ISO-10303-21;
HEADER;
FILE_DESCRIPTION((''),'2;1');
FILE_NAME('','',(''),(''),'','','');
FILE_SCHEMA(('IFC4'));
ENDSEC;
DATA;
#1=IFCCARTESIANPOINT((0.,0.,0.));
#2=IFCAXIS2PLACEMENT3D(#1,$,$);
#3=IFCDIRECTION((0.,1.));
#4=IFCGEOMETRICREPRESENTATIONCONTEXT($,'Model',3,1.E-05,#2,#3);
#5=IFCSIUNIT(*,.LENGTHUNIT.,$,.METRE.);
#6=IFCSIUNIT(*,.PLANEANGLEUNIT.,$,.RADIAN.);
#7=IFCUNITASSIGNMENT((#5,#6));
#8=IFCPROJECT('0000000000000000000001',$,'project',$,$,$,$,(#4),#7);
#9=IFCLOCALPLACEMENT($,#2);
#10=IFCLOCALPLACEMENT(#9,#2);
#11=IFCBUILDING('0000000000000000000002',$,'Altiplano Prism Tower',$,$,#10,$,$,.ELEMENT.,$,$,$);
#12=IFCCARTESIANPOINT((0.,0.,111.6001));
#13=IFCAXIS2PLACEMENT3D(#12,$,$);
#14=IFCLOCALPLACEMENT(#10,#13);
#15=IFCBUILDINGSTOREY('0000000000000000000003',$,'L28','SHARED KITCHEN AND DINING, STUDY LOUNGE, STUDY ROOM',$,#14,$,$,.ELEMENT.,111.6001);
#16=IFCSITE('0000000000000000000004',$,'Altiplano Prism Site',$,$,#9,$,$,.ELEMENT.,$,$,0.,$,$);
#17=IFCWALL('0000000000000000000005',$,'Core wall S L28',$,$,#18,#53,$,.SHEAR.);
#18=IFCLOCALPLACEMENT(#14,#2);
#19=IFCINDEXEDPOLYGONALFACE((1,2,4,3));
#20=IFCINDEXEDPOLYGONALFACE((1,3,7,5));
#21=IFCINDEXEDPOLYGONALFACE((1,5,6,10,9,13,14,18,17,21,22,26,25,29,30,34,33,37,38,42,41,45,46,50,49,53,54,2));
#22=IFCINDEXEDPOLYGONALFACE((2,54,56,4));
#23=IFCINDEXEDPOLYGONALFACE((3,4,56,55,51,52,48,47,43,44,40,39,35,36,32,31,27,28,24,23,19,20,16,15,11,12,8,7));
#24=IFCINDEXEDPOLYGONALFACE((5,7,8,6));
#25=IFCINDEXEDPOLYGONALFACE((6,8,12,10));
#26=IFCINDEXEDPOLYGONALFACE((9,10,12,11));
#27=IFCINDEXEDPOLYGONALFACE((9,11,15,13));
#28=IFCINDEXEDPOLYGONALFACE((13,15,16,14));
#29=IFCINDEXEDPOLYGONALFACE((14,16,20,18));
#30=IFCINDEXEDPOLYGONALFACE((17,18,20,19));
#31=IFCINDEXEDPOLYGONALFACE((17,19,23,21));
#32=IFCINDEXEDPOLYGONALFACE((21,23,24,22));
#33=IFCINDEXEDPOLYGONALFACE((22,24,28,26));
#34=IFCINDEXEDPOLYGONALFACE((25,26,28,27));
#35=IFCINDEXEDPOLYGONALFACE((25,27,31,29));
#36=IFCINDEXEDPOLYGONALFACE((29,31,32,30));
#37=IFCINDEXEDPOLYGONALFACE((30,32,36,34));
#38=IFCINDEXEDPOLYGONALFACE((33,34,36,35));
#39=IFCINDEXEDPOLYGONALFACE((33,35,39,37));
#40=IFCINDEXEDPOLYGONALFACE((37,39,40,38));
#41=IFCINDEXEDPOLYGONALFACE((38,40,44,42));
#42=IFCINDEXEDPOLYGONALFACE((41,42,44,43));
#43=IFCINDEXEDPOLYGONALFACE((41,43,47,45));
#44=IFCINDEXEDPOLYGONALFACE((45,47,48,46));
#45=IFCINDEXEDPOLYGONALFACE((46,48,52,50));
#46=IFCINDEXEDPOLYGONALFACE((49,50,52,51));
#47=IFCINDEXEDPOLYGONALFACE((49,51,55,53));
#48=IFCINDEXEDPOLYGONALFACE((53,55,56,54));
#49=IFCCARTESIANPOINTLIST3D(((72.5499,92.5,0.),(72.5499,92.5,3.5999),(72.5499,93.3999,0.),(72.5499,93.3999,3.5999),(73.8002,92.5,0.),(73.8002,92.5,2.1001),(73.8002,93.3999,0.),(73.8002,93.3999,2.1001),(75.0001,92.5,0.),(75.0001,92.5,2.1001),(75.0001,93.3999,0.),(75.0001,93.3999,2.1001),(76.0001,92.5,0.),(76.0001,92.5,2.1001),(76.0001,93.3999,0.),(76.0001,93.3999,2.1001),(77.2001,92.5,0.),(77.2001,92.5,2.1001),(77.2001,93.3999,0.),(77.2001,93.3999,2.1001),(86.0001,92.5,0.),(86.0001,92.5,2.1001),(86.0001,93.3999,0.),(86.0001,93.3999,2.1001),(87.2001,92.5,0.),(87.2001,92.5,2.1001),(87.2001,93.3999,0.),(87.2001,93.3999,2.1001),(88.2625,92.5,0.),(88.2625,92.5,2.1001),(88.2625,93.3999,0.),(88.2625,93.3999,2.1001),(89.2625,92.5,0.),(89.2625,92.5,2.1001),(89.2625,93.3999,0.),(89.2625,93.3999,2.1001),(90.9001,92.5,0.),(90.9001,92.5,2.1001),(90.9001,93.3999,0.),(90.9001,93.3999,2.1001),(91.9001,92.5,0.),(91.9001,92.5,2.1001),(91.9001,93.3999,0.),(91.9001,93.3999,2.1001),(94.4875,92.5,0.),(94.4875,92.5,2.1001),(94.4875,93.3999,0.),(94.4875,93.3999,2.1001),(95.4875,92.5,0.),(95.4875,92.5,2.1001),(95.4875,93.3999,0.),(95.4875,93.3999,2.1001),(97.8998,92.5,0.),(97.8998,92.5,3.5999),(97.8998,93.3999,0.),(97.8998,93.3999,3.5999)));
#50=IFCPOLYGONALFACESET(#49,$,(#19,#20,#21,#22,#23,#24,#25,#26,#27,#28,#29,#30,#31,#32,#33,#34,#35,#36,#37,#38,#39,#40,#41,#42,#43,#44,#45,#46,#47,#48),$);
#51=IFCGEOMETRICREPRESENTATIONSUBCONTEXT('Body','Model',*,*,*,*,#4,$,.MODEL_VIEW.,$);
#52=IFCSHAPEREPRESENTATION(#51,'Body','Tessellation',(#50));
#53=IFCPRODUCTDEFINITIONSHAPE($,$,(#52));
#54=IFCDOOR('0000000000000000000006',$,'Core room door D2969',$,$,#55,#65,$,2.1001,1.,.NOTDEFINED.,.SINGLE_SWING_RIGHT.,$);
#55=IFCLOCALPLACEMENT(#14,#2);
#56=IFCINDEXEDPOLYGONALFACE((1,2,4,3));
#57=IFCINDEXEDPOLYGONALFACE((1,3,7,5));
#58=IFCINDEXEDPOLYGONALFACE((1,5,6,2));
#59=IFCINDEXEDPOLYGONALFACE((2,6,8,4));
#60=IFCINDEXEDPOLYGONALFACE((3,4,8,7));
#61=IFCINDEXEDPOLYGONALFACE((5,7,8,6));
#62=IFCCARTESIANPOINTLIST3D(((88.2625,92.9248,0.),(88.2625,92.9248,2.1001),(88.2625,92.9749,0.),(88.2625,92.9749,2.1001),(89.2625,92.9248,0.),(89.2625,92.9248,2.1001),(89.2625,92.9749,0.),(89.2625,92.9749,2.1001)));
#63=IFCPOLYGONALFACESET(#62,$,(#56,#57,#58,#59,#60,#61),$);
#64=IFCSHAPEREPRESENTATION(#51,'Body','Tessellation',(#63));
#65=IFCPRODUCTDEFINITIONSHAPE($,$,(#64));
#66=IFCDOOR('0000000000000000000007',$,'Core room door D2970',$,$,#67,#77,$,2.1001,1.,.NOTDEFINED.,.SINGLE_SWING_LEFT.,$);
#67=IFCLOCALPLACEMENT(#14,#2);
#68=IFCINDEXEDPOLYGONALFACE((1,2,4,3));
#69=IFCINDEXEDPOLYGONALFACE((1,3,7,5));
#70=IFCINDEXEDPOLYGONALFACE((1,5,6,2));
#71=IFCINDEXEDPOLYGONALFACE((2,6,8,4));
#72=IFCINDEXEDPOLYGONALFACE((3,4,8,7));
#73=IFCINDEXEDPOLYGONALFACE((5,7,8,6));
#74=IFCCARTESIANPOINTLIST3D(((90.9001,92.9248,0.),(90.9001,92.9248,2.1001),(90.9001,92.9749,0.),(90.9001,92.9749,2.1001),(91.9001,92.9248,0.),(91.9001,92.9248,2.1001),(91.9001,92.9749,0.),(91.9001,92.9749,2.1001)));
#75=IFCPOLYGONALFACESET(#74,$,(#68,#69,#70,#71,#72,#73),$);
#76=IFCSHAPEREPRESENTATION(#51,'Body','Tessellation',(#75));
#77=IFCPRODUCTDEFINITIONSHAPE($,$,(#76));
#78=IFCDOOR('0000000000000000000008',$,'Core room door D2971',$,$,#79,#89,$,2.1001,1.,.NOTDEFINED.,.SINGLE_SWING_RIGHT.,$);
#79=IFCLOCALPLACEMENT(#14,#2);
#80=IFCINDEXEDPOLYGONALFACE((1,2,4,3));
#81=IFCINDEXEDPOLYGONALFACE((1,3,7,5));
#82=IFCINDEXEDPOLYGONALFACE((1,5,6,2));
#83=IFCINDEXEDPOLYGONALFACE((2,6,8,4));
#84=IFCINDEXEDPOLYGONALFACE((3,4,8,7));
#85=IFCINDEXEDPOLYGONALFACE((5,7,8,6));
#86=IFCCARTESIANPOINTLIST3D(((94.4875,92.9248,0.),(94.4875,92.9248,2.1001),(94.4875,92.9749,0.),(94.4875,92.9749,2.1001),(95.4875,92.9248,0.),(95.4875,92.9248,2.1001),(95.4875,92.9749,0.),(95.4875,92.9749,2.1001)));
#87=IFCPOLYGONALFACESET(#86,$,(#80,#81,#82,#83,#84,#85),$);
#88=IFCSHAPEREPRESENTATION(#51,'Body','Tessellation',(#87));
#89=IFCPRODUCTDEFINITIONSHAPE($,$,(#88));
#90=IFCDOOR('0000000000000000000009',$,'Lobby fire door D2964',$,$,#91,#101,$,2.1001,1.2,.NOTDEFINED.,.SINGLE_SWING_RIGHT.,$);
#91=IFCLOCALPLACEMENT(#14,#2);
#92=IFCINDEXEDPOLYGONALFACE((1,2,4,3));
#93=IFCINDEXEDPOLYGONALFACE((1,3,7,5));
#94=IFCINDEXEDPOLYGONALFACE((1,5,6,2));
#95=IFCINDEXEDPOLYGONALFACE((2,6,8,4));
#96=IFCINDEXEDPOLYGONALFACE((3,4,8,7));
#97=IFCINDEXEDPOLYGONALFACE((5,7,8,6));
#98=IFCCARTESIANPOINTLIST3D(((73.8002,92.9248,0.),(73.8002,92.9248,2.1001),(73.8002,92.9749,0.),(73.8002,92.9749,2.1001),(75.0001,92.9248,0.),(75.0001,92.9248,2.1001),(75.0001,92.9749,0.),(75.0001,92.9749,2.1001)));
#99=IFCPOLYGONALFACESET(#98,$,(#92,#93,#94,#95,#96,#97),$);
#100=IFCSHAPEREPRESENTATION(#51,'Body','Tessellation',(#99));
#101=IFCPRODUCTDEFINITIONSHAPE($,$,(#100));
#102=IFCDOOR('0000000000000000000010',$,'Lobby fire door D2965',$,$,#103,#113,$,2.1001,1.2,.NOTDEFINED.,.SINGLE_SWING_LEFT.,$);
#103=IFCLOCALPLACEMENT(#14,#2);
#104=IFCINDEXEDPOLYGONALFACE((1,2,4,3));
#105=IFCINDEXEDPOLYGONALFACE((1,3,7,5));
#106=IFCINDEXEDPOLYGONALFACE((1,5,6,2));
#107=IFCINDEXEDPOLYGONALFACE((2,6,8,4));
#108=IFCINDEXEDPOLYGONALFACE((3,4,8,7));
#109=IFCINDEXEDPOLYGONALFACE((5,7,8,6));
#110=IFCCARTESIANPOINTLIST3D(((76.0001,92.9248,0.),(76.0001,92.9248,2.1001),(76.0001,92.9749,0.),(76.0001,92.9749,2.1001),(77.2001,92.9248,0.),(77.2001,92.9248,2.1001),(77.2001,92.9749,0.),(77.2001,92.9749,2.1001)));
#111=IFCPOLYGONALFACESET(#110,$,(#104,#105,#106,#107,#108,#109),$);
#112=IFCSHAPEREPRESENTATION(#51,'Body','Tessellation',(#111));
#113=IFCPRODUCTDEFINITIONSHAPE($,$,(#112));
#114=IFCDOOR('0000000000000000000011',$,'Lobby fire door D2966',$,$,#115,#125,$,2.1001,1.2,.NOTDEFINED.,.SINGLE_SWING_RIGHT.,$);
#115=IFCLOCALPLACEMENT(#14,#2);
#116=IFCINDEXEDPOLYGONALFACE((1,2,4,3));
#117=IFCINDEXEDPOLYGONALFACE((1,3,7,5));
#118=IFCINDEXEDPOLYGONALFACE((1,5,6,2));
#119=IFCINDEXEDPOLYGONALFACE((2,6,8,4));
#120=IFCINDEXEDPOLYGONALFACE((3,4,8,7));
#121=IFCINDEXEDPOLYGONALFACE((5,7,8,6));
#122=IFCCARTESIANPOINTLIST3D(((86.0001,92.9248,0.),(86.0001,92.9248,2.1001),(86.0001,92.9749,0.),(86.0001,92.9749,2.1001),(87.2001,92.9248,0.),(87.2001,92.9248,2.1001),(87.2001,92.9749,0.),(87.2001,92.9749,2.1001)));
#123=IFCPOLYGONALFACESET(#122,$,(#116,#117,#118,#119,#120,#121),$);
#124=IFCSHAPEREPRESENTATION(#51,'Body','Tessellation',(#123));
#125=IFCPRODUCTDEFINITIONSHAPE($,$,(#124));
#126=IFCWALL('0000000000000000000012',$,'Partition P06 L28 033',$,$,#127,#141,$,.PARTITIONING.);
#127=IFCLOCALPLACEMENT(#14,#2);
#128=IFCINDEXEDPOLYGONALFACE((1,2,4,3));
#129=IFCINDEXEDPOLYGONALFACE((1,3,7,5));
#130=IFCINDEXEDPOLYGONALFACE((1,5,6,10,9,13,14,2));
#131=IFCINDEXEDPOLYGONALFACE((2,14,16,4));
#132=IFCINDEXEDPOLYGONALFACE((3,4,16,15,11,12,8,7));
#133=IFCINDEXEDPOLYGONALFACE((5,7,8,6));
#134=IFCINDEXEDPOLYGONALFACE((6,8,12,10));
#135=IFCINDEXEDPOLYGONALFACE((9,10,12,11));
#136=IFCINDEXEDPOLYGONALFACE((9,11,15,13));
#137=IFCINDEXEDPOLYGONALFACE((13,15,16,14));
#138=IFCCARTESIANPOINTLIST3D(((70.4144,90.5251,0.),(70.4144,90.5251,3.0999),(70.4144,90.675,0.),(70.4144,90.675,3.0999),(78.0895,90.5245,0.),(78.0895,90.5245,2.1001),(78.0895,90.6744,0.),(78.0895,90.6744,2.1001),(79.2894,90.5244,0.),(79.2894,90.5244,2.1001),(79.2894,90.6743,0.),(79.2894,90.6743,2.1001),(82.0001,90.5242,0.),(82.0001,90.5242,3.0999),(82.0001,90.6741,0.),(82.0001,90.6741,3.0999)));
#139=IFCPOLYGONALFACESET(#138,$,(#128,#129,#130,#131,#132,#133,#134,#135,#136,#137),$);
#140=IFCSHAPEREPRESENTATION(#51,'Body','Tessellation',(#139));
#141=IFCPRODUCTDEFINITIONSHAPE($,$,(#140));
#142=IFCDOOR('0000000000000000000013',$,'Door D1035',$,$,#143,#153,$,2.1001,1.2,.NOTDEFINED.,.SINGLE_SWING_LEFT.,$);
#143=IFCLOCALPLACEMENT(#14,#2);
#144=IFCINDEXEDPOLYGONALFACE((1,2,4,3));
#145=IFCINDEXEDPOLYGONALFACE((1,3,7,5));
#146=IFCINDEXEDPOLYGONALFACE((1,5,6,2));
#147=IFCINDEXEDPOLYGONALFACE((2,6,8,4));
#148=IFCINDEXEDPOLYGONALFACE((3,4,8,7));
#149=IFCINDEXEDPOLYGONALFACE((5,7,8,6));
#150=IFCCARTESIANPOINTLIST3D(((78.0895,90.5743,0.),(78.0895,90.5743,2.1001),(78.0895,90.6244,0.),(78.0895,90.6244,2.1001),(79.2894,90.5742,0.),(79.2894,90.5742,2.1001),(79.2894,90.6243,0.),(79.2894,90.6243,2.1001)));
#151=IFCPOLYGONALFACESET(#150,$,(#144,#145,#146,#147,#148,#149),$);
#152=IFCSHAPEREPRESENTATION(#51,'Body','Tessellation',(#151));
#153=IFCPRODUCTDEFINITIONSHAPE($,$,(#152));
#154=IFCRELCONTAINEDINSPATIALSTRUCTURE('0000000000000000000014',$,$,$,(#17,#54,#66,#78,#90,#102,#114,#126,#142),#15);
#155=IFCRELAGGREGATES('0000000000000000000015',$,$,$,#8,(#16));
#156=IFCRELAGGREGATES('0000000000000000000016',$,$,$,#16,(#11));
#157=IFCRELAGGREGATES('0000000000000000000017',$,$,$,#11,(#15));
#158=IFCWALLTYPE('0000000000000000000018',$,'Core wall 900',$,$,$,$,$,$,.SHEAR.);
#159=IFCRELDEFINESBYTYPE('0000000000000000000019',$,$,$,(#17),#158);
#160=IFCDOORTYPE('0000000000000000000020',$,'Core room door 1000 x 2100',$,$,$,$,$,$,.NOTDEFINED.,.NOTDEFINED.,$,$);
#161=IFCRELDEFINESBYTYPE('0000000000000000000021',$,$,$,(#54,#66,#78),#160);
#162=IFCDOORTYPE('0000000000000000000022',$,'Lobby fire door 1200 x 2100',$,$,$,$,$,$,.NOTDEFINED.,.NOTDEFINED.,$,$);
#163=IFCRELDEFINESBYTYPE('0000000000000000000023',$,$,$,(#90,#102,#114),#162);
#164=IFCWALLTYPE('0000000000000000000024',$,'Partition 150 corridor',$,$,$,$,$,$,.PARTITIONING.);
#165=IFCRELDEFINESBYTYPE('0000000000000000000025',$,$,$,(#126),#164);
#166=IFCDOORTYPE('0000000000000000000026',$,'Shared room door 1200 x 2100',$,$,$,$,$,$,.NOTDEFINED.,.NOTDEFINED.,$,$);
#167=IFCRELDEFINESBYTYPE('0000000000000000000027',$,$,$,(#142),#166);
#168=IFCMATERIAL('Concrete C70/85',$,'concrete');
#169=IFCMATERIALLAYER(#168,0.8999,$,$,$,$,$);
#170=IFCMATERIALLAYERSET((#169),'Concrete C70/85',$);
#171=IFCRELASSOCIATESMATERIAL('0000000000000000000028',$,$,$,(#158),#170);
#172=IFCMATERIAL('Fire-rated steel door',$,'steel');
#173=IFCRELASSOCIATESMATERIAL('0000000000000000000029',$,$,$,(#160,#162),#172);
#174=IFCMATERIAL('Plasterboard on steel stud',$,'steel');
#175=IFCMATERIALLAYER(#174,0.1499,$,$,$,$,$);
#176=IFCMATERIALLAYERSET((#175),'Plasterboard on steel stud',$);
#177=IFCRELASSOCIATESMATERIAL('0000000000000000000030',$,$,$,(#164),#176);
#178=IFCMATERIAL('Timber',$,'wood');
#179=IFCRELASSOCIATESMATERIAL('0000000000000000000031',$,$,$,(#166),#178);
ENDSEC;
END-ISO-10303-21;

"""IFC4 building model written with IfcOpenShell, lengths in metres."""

from ifc_helpers import new_model, si_unit, direction, frame, frame_2d, origin, place, context, subcontext, project, spatial, rectangle, extrude, material, layer, layer_set, type_object, element, fill, save


model = new_model("IFC4")

# Units and contexts
model_context = context("Model", 3, precision=1e-05, world=origin(), true_north=direction((0.0, 1.0)))
body_context = subcontext(model_context, "Body", "Model", "MODEL_VIEW")
ifc_project = project(units=[si_unit("LENGTHUNIT", "METRE"), si_unit("PLANEANGLEUNIT", "RADIAN")], contexts=[model_context])

# Site, building, storey
site_placement = place(None, origin())
site = spatial("IfcSite", under=ifc_project, at=site_placement, Name="Altiplano Prism Site", CompositionType="ELEMENT", RefElevation=0.0)
building_placement = place(site_placement, origin())
building = spatial("IfcBuilding", under=site, at=building_placement, Name="Altiplano Prism Tower", CompositionType="ELEMENT")
storey_placement = place(building_placement, frame((0.0, 0.0, 111.6001)))
storey = spatial("IfcBuildingStorey", under=building, at=storey_placement, Name="L28", Description="SHARED KITCHEN AND DINING, STUDY LOUNGE, STUDY ROOM", CompositionType="ELEMENT", Elevation=111.6001)

# Wall, openings, doors
ifc_material_1 = material(Name="Concrete C70/85", Category="concrete")
ifc_layer_1 = layer(ifc_material_1, 0.8999)
ifc_layer_set_1 = layer_set([ifc_layer_1], Name="Concrete C70/85")
wall_type_1 = type_object("IfcWallType", Name="Core wall 900", PredefinedType="SHEAR", material=ifc_layer_set_1)
wall_1_placement = place(storey_placement, frame((72.55, 92.95, 0.0), z_axis=(0.0, 0.0, 1.0), x_axis=(1.0, 0.0, 0.0)))
wall_1 = element("IfcWall", 1, at=wall_1_placement, inside=storey, type_object=wall_type_1, Name="Core wall S L28", PredefinedType="SHEAR", context=body_context, shape_type="SweptSolid", body=[
    extrude(rectangle(XDim=25.3499, YDim=0.8999, at=frame_2d((12.6748, 0.0))), origin(), (0.0, 0.0, 1.0), 3.5999),
])
opening_1_placement = place(wall_1_placement, frame((1.25, 0.0, 0.0)))
opening_1 = element("IfcOpeningElement", 2, at=opening_1_placement, cuts=wall_1, PredefinedType="OPENING", context=body_context, shape_type="SweptSolid", body=[
    extrude(rectangle(XDim=1.2, YDim=2.1001, at=frame_2d((0.6001, 1.05))), frame((0.0, 0.4604, 0.0), z_axis=(0.0, -1.0, 0.0), x_axis=(1.0, 0.0, 0.0)), (0.0, 0.0, 1.0), 0.9209),
])
opening_2_placement = place(wall_1_placement, frame((3.45, 0.0, 0.0)))
opening_2 = element("IfcOpeningElement", 3, at=opening_2_placement, cuts=wall_1, PredefinedType="OPENING", context=body_context, shape_type="SweptSolid", body=[
    extrude(rectangle(XDim=1.2, YDim=2.1001, at=frame_2d((0.6001, 1.05))), frame((0.0, 0.4604, 0.0), z_axis=(0.0, -1.0, 0.0), x_axis=(1.0, 0.0, 0.0)), (0.0, 0.0, 1.0), 0.9209),
])
opening_3_placement = place(wall_1_placement, frame((13.45, 0.0, 0.0)))
opening_3 = element("IfcOpeningElement", 4, at=opening_3_placement, cuts=wall_1, PredefinedType="OPENING", context=body_context, shape_type="SweptSolid", body=[
    extrude(rectangle(XDim=1.2, YDim=2.1001, at=frame_2d((0.6001, 1.05))), frame((0.0, 0.4604, 0.0), z_axis=(0.0, -1.0, 0.0), x_axis=(1.0, 0.0, 0.0)), (0.0, 0.0, 1.0), 0.9209),
])
opening_4_placement = place(wall_1_placement, frame((15.7124, 0.0, 0.0)))
opening_4 = element("IfcOpeningElement", 5, at=opening_4_placement, cuts=wall_1, PredefinedType="OPENING", context=body_context, shape_type="SweptSolid", body=[
    extrude(rectangle(XDim=1.0, YDim=2.1001, at=frame_2d((0.5, 1.05))), frame((0.0, 0.4604, 0.0), z_axis=(0.0, -1.0, 0.0), x_axis=(1.0, 0.0, 0.0)), (0.0, 0.0, 1.0), 0.9209),
])
opening_5_placement = place(wall_1_placement, frame((18.3501, 0.0, 0.0)))
opening_5 = element("IfcOpeningElement", 6, at=opening_5_placement, cuts=wall_1, PredefinedType="OPENING", context=body_context, shape_type="SweptSolid", body=[
    extrude(rectangle(XDim=1.0, YDim=2.1001, at=frame_2d((0.5, 1.05))), frame((0.0, 0.4604, 0.0), z_axis=(0.0, -1.0, 0.0), x_axis=(1.0, 0.0, 0.0)), (0.0, 0.0, 1.0), 0.9209),
])
opening_6_placement = place(wall_1_placement, frame((21.9375, 0.0, 0.0)))
opening_6 = element("IfcOpeningElement", 7, at=opening_6_placement, cuts=wall_1, PredefinedType="OPENING", context=body_context, shape_type="SweptSolid", body=[
    extrude(rectangle(XDim=1.0, YDim=2.1001, at=frame_2d((0.5, 1.05))), frame((0.0, 0.4604, 0.0), z_axis=(0.0, -1.0, 0.0), x_axis=(1.0, 0.0, 0.0)), (0.0, 0.0, 1.0), 0.9209),
])
ifc_material_2 = material(Name="Fire-rated steel door", Category="steel")
door_type_1 = type_object("IfcDoorType", Name="Core room door 1000 x 2100", OperationType="NOTDEFINED", PredefinedType="NOTDEFINED", material=ifc_material_2)
door_1_placement = place(opening_4_placement, origin())
door_1 = element("IfcDoor", 8, at=door_1_placement, inside=storey, type_object=door_type_1, Name="Core room door D2969", OperationType="SINGLE_SWING_RIGHT", OverallHeight=2.1001, OverallWidth=1.0, PredefinedType="NOTDEFINED", context=body_context, shape_type="SweptSolid", body=[
    extrude(rectangle(XDim=1.0, YDim=2.1001, at=frame_2d((0.5, 1.05))), frame((0.0, 0.0249, 0.0), z_axis=(0.0, -1.0, 0.0), x_axis=(1.0, 0.0, 0.0)), (0.0, 0.0, 1.0), 0.05),
])
fill(opening_4, door_1)
door_2_placement = place(opening_5_placement, origin())
door_2 = element("IfcDoor", 9, at=door_2_placement, inside=storey, type_object=door_type_1, Name="Core room door D2970", OperationType="SINGLE_SWING_LEFT", OverallHeight=2.1001, OverallWidth=1.0, PredefinedType="NOTDEFINED", context=body_context, shape_type="SweptSolid", body=[
    extrude(rectangle(XDim=1.0, YDim=2.1001, at=frame_2d((0.5, 1.05))), frame((0.0, 0.0249, 0.0), z_axis=(0.0, -1.0, 0.0), x_axis=(1.0, 0.0, 0.0)), (0.0, 0.0, 1.0), 0.05),
])
fill(opening_5, door_2)
door_3_placement = place(opening_6_placement, origin())
door_3 = element("IfcDoor", 10, at=door_3_placement, inside=storey, type_object=door_type_1, Name="Core room door D2971", OperationType="SINGLE_SWING_RIGHT", OverallHeight=2.1001, OverallWidth=1.0, PredefinedType="NOTDEFINED", context=body_context, shape_type="SweptSolid", body=[
    extrude(rectangle(XDim=1.0, YDim=2.1001, at=frame_2d((0.5, 1.05))), frame((0.0, 0.0249, 0.0), z_axis=(0.0, -1.0, 0.0), x_axis=(1.0, 0.0, 0.0)), (0.0, 0.0, 1.0), 0.05),
])
fill(opening_6, door_3)
door_type_2 = type_object("IfcDoorType", Name="Lobby fire door 1200 x 2100", OperationType="NOTDEFINED", PredefinedType="NOTDEFINED", material=ifc_material_2)
door_4_placement = place(opening_1_placement, origin())
door_4 = element("IfcDoor", 11, at=door_4_placement, inside=storey, type_object=door_type_2, Name="Lobby fire door D2964", OperationType="SINGLE_SWING_RIGHT", OverallHeight=2.1001, OverallWidth=1.2, PredefinedType="NOTDEFINED", context=body_context, shape_type="SweptSolid", body=[
    extrude(rectangle(XDim=1.2, YDim=2.1001, at=frame_2d((0.6001, 1.05))), frame((0.0, 0.0249, 0.0), z_axis=(0.0, -1.0, 0.0), x_axis=(1.0, 0.0, 0.0)), (0.0, 0.0, 1.0), 0.05),
])
fill(opening_1, door_4)
door_5_placement = place(opening_2_placement, origin())
door_5 = element("IfcDoor", 12, at=door_5_placement, inside=storey, type_object=door_type_2, Name="Lobby fire door D2965", OperationType="SINGLE_SWING_LEFT", OverallHeight=2.1001, OverallWidth=1.2, PredefinedType="NOTDEFINED", context=body_context, shape_type="SweptSolid", body=[
    extrude(rectangle(XDim=1.2, YDim=2.1001, at=frame_2d((0.6001, 1.05))), frame((0.0, 0.0249, 0.0), z_axis=(0.0, -1.0, 0.0), x_axis=(1.0, 0.0, 0.0)), (0.0, 0.0, 1.0), 0.05),
])
fill(opening_2, door_5)
door_6_placement = place(opening_3_placement, origin())
door_6 = element("IfcDoor", 13, at=door_6_placement, inside=storey, type_object=door_type_2, Name="Lobby fire door D2966", OperationType="SINGLE_SWING_RIGHT", OverallHeight=2.1001, OverallWidth=1.2, PredefinedType="NOTDEFINED", context=body_context, shape_type="SweptSolid", body=[
    extrude(rectangle(XDim=1.2, YDim=2.1001, at=frame_2d((0.6001, 1.05))), frame((0.0, 0.0249, 0.0), z_axis=(0.0, -1.0, 0.0), x_axis=(1.0, 0.0, 0.0)), (0.0, 0.0, 1.0), 0.05),
])
fill(opening_3, door_6)

# Wall, opening, door
ifc_material_3 = material(Name="Plasterboard on steel stud", Category="steel")
ifc_layer_2 = layer(ifc_material_3, 0.1499)
ifc_layer_set_2 = layer_set([ifc_layer_2], Name="Plasterboard on steel stud")
wall_type_2 = type_object("IfcWallType", Name="Partition 150 corridor", PredefinedType="PARTITIONING", material=ifc_layer_set_2)
wall_2_placement = place(storey_placement, frame((70.4143, 90.6001, 0.0), z_axis=(0.0, 0.0, 1.0), x_axis=(1.0, -0.000084, 0.0)))
wall_2 = element("IfcWall", 14, at=wall_2_placement, inside=storey, type_object=wall_type_2, Name="Partition P06 L28 033", PredefinedType="PARTITIONING", context=body_context, shape_type="SweptSolid", body=[
    extrude(rectangle(XDim=11.5857, YDim=0.1499, at=frame_2d((5.793, 0.0))), origin(), (0.0, 0.0, 1.0), 3.0999),
])
opening_7_placement = place(wall_2_placement, frame((7.675, 0.0, 0.0)))
opening_7 = element("IfcOpeningElement", 15, at=opening_7_placement, cuts=wall_2, PredefinedType="OPENING", context=body_context, shape_type="SweptSolid", body=[
    extrude(rectangle(XDim=1.2, YDim=2.1001, at=frame_2d((0.6001, 1.05))), frame((0.0, 0.0854, 0.0), z_axis=(0.0, -1.0, 0.0), x_axis=(1.0, 0.0, 0.0)), (0.0, 0.0, 1.0), 0.1709),
])
ifc_material_4 = material(Name="Timber", Category="wood")
door_type_3 = type_object("IfcDoorType", Name="Shared room door 1200 x 2100", OperationType="NOTDEFINED", PredefinedType="NOTDEFINED", material=ifc_material_4)
door_7_placement = place(opening_7_placement, origin())
door_7 = element("IfcDoor", 16, at=door_7_placement, inside=storey, type_object=door_type_3, Name="Door D1035", OperationType="SINGLE_SWING_LEFT", OverallHeight=2.1001, OverallWidth=1.2, PredefinedType="NOTDEFINED", context=body_context, shape_type="SweptSolid", body=[
    extrude(rectangle(XDim=1.2, YDim=2.1001, at=frame_2d((0.6001, 1.05))), frame((0.0, 0.0249, 0.0), z_axis=(0.0, -1.0, 0.0), x_axis=(1.0, 0.0, 0.0)), (0.0, 0.0, 1.0), 0.05),
])
fill(opening_7, door_7)

save(model, "model.ifc")
